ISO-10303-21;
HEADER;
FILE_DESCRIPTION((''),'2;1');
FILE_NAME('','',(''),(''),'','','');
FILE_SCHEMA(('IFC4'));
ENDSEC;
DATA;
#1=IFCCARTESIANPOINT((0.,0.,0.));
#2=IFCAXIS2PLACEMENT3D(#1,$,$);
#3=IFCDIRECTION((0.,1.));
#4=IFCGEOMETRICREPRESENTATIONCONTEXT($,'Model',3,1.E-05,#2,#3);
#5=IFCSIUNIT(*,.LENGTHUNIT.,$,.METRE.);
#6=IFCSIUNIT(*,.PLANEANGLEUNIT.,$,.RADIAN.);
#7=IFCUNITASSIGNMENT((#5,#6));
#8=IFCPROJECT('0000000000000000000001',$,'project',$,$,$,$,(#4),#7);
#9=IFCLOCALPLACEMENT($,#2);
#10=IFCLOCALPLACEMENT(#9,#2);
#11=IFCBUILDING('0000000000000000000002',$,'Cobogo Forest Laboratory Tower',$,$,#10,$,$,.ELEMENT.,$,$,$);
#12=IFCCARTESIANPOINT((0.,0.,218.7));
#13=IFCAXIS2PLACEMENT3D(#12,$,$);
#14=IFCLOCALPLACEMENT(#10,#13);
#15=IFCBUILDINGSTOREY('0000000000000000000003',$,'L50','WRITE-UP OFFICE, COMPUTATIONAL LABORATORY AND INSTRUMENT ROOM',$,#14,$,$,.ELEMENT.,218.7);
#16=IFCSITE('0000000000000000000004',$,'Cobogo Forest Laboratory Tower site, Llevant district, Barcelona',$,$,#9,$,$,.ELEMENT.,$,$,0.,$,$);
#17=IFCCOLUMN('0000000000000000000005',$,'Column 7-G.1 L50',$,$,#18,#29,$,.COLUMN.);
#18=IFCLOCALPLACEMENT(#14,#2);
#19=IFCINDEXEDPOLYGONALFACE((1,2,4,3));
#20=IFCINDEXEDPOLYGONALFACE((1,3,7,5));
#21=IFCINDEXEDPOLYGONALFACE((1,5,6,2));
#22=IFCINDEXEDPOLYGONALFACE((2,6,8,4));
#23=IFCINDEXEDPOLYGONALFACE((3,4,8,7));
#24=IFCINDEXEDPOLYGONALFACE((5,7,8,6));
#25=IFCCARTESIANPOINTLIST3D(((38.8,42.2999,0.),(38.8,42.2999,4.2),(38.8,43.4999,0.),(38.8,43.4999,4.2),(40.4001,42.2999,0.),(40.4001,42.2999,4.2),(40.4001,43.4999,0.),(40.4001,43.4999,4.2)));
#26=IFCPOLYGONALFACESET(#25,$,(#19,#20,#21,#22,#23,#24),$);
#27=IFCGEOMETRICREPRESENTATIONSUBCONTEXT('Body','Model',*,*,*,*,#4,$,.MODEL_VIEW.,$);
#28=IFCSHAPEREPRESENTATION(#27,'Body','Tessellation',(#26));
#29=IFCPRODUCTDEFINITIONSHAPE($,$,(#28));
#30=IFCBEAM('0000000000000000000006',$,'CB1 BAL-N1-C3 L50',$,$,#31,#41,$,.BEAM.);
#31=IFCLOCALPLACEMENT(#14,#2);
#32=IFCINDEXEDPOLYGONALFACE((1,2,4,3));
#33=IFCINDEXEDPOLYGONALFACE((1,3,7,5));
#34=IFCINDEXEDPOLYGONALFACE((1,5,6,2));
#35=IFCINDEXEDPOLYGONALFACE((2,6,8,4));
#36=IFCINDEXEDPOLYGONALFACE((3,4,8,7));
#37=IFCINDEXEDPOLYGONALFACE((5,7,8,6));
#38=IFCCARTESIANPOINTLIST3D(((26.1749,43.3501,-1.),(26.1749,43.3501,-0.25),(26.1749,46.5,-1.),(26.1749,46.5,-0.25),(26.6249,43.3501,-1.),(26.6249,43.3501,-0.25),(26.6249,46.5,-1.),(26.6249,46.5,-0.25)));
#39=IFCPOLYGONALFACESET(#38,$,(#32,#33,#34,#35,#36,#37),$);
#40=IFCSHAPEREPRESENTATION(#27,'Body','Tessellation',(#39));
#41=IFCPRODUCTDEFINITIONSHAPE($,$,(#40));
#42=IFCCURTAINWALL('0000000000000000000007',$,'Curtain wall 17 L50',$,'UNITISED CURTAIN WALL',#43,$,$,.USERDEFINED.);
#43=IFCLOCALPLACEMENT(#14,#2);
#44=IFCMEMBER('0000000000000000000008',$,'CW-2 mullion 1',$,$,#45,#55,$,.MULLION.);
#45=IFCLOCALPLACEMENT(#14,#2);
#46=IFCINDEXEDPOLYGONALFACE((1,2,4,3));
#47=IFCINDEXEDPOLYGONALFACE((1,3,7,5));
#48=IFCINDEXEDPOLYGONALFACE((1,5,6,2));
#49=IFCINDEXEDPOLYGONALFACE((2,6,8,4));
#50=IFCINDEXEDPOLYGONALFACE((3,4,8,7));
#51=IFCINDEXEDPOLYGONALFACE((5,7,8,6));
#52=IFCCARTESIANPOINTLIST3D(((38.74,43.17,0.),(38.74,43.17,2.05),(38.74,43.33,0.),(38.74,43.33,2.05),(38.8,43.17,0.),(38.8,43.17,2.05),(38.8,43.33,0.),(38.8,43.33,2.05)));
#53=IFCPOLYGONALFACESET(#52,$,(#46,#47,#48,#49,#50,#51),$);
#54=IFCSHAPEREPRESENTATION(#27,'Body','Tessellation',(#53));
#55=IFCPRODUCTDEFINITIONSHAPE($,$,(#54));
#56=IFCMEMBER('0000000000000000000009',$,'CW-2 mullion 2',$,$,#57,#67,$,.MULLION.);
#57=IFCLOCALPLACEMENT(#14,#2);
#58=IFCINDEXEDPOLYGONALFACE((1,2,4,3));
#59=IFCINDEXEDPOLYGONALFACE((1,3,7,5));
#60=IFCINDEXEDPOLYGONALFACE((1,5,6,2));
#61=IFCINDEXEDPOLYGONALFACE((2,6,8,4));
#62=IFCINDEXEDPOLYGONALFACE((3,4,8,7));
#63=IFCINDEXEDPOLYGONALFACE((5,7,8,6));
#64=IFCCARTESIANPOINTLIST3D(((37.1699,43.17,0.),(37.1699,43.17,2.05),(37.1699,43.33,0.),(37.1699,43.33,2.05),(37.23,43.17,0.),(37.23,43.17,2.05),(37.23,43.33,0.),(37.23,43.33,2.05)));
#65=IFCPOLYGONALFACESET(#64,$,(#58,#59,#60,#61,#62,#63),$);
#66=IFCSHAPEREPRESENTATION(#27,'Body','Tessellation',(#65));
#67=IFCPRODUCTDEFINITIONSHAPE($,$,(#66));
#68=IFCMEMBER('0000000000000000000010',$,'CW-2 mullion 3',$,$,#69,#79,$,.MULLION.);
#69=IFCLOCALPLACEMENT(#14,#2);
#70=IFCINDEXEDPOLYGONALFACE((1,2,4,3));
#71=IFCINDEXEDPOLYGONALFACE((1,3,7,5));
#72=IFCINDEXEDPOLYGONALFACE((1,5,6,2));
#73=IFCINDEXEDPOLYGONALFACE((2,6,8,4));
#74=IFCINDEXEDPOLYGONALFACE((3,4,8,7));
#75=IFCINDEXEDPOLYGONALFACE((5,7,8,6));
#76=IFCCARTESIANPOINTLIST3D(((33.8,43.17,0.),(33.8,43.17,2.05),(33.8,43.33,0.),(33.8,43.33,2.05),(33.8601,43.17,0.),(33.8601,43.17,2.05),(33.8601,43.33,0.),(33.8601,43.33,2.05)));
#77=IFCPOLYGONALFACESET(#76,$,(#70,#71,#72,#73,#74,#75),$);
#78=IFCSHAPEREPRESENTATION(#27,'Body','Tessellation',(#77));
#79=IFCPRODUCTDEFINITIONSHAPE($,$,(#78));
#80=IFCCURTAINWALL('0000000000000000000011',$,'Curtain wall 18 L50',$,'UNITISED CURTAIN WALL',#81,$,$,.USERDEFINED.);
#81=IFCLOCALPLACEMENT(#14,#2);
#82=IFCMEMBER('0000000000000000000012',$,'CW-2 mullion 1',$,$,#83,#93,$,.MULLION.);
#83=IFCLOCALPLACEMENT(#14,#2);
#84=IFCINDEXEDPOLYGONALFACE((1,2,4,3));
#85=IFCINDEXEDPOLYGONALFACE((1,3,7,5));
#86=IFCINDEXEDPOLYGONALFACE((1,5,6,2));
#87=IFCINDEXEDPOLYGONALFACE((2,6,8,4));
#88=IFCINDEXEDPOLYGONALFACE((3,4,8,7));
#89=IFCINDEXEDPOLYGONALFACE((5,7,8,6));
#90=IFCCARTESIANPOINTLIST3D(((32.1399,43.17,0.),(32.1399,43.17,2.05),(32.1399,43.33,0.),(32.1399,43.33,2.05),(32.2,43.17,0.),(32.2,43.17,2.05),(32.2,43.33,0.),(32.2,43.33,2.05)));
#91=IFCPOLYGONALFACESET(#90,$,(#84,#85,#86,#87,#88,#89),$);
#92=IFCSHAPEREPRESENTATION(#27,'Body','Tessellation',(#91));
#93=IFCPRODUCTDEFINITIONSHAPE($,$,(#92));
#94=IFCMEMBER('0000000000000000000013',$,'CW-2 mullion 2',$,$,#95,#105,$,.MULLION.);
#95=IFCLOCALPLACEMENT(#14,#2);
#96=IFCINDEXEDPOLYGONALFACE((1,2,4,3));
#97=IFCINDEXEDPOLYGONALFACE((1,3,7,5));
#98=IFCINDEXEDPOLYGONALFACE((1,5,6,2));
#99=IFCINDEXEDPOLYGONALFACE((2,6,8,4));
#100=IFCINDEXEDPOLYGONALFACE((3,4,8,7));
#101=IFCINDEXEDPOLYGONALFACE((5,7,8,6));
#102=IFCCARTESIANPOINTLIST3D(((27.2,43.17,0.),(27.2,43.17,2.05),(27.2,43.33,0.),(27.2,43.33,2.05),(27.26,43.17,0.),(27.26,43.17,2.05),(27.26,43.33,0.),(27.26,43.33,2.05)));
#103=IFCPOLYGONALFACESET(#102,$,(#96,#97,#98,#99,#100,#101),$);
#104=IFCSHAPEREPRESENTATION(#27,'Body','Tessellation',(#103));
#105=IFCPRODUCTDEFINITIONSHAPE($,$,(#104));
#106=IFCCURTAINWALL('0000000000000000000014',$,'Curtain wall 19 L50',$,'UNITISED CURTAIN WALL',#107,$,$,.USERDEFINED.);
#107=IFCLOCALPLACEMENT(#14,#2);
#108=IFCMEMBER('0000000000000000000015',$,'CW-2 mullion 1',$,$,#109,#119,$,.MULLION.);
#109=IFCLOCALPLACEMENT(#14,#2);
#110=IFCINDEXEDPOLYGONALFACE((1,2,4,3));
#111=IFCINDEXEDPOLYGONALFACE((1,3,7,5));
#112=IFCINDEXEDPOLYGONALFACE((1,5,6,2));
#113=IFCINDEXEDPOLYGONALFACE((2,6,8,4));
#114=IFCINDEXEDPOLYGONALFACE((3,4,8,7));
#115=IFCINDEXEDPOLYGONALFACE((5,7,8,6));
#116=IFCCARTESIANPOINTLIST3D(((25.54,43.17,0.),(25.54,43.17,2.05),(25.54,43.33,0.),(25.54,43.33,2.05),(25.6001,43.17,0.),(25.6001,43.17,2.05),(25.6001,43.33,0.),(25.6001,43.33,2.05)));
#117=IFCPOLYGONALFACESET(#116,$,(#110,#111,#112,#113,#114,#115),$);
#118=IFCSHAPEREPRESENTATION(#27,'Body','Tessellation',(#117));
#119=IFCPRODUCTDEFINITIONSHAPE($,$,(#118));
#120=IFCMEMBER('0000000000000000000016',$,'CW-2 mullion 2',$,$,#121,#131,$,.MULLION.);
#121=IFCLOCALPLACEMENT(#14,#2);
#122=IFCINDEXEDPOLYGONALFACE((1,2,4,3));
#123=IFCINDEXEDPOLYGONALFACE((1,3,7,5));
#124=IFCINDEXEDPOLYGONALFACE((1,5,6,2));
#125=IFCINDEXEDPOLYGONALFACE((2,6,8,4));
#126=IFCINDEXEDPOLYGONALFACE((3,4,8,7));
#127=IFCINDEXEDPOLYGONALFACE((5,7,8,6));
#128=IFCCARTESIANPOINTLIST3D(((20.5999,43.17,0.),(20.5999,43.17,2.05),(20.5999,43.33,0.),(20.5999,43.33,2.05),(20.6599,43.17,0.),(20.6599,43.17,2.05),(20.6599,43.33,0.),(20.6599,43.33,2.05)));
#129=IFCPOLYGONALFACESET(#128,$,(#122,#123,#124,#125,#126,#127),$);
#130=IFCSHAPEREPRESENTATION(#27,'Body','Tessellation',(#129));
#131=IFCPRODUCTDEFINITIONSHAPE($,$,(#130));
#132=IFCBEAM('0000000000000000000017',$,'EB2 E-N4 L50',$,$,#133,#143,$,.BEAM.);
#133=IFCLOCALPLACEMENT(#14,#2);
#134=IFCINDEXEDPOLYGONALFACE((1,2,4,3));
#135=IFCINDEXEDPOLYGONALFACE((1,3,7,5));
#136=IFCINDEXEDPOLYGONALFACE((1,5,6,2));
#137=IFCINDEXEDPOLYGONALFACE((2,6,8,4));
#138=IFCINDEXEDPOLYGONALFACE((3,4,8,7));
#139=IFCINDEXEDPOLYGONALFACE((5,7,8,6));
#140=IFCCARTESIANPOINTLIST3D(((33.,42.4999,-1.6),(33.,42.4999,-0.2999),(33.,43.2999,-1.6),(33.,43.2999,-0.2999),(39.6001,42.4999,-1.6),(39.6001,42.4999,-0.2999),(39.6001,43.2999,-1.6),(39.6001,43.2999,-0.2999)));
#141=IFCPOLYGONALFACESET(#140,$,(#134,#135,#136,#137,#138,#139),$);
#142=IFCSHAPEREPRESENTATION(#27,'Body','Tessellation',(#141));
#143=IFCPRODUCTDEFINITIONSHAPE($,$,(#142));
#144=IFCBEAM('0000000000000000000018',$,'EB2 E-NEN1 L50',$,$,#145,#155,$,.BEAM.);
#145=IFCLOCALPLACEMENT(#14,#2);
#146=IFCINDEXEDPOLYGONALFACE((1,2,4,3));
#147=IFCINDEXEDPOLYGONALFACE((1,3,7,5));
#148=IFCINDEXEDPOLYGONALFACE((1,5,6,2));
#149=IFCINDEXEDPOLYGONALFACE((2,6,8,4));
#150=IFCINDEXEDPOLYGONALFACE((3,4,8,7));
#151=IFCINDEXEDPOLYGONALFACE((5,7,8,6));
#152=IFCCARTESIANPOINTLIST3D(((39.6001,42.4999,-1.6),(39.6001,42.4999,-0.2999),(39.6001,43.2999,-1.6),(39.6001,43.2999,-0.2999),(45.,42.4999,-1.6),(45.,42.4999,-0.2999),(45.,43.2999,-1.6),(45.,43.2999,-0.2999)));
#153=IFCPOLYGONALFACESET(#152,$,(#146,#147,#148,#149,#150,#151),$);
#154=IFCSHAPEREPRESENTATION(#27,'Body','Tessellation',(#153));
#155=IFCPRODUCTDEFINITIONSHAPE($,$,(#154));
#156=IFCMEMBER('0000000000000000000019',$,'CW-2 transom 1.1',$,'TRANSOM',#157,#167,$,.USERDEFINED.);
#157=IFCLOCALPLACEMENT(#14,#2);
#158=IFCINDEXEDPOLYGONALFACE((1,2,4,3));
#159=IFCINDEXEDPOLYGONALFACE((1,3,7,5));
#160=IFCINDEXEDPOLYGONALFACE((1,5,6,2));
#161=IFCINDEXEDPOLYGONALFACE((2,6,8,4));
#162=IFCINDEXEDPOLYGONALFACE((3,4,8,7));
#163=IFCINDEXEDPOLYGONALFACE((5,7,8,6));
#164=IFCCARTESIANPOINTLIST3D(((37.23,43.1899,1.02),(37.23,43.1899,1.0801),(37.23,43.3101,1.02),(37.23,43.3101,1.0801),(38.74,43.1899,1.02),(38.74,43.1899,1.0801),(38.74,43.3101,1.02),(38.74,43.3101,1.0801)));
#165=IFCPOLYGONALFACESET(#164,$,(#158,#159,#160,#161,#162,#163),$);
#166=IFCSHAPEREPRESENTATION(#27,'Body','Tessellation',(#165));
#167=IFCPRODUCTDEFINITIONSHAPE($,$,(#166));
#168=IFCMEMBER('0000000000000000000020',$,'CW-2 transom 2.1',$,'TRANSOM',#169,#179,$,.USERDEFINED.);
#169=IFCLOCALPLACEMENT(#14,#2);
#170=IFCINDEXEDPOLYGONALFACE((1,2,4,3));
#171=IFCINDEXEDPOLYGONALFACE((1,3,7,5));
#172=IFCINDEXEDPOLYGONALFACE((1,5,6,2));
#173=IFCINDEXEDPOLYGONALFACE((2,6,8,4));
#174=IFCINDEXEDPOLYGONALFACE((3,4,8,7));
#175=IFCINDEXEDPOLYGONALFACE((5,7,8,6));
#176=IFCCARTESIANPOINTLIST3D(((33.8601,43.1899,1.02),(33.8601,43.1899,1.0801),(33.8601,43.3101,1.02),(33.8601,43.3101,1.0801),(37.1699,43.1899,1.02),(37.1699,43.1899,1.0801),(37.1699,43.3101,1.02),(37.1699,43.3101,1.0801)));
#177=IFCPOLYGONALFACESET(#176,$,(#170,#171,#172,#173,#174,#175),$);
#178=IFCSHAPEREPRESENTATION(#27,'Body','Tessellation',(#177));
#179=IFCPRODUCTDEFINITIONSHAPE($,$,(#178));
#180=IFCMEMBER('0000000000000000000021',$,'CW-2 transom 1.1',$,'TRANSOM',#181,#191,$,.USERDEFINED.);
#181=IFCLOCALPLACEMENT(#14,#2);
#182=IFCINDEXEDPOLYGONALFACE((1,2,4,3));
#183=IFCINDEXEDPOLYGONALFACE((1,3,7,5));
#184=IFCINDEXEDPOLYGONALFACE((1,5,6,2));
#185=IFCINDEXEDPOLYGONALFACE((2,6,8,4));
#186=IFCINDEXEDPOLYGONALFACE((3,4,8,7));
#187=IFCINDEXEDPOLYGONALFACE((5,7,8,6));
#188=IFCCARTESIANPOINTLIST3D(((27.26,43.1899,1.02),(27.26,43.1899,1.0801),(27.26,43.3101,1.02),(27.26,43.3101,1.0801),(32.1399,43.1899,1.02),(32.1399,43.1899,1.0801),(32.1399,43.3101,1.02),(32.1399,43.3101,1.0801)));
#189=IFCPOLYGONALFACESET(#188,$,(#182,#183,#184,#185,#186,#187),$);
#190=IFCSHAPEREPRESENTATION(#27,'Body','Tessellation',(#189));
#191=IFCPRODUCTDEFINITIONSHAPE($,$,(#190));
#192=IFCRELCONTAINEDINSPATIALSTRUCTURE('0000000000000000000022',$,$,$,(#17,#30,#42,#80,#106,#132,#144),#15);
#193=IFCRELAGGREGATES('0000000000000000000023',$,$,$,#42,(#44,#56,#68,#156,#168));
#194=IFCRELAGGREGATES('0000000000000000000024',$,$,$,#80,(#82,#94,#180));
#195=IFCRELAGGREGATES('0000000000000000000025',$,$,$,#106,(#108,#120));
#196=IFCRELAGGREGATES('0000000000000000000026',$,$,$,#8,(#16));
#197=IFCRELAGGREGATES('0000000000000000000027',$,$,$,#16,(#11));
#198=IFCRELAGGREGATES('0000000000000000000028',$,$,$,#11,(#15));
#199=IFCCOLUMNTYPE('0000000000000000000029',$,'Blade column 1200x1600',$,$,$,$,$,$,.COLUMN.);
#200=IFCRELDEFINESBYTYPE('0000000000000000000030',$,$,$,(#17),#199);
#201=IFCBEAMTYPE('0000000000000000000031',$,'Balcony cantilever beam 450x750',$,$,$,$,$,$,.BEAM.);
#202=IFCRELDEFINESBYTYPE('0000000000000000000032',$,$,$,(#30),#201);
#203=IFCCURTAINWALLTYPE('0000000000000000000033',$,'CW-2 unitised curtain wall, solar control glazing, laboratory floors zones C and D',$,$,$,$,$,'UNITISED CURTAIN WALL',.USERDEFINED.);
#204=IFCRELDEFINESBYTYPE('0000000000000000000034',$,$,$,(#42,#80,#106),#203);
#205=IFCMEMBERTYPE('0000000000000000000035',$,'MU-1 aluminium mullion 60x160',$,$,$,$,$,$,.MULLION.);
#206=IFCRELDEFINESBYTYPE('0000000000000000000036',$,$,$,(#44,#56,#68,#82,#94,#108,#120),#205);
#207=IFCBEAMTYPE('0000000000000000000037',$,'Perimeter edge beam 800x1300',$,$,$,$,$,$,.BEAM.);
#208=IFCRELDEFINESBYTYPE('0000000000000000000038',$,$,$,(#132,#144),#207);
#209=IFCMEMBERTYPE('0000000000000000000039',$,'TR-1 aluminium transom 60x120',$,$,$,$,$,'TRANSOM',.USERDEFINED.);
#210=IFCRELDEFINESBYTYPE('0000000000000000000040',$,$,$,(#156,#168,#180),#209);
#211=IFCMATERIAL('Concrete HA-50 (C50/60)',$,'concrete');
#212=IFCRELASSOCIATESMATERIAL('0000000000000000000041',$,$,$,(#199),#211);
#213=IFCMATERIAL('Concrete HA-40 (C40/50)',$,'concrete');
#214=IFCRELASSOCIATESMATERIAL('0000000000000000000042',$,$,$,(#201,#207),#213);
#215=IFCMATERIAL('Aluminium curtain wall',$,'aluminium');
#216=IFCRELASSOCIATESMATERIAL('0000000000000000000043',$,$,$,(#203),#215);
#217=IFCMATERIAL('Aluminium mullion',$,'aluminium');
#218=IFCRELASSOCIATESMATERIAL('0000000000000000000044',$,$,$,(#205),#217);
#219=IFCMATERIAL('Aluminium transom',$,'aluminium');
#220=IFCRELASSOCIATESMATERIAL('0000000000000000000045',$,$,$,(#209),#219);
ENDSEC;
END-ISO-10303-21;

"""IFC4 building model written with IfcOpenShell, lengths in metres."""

from ifc_helpers import new_model, si_unit, direction, frame, origin, origin_2d, place, context, subcontext, project, spatial, rectangle, extrude, material, material_profile, profile_set, type_object, element, aggregate, save


model = new_model("IFC4")

# Units and contexts
model_context = context("Model", 3, precision=1e-05, world=origin(), true_north=direction((0.0, 1.0)))
body_context = subcontext(model_context, "Body", "Model", "MODEL_VIEW")
ifc_project = project(units=[si_unit("LENGTHUNIT", "METRE"), si_unit("PLANEANGLEUNIT", "RADIAN")], contexts=[model_context])

# Site, building, storey
site_placement = place(None, origin())
site = spatial("IfcSite", under=ifc_project, at=site_placement, Name="Cobogo Forest Laboratory Tower site, Llevant district, Barcelona", CompositionType="ELEMENT", RefElevation=0.0)
building_placement = place(site_placement, origin())
building = spatial("IfcBuilding", under=site, at=building_placement, Name="Cobogo Forest Laboratory Tower", CompositionType="ELEMENT")
storey_placement = place(building_placement, frame((0.0, 0.0, 218.7)))
storey = spatial("IfcBuildingStorey", under=building, at=storey_placement, Name="L50", Description="WRITE-UP OFFICE, COMPUTATIONAL LABORATORY AND INSTRUMENT ROOM", CompositionType="ELEMENT", Elevation=218.7)

# Column
ifc_material_1 = material(Name="Concrete HA-50 (C50/60)", Category="concrete")
ifc_material_profile_1 = material_profile(ifc_material_1, rectangle(XDim=1.6001, YDim=1.2, at=origin_2d()), Name="RC 1200x1600")
ifc_profile_set_1 = profile_set([ifc_material_profile_1], Name="Concrete HA-50 (C50/60)")
column_type = type_object("IfcColumnType", Name="Blade column 1200x1600", PredefinedType="COLUMN", material=ifc_profile_set_1)
column_placement = place(storey_placement, frame((39.6001, 42.8999, 0.0), z_axis=(0.0, 0.0, 1.0), x_axis=(1.0, 0.0, 0.0)))
element("IfcColumn", 1, at=column_placement, inside=storey, type_object=column_type, Name="Column 7-G.1 L50", PredefinedType="COLUMN", context=body_context, shape_type="SweptSolid", body=[
    extrude(rectangle(XDim=1.6001, YDim=1.2, at=origin_2d()), origin(), (0.0, 0.0, 1.0), 4.2),
])

# Beam
ifc_material_2 = material(Name="Concrete HA-40 (C40/50)", Category="concrete")
ifc_material_profile_2 = material_profile(ifc_material_2, rectangle(XDim=0.45, YDim=0.75, at=origin_2d()), Name="RC 450x750")
ifc_profile_set_2 = profile_set([ifc_material_profile_2], Name="Concrete HA-40 (C40/50)")
beam_type_1 = type_object("IfcBeamType", Name="Balcony cantilever beam 450x750", PredefinedType="BEAM", material=ifc_profile_set_2)
beam_1_placement = place(storey_placement, frame((26.3999, 43.3501, -0.625), z_axis=(0.0, 1.0, 0.0), x_axis=(-1.0, 0.0, 0.0)))
element("IfcBeam", 2, at=beam_1_placement, inside=storey, type_object=beam_type_1, Name="CB1 BAL-N1-C3 L50", PredefinedType="BEAM", context=body_context, shape_type="SweptSolid", body=[
    extrude(rectangle(XDim=0.45, YDim=0.75, at=origin_2d()), origin(), (0.0, 0.0, 1.0), 3.1499),
])

# Curtain walls, members
ifc_material_3 = material(Name="Aluminium curtain wall", Category="aluminium")
curtain_wall_type = type_object("IfcCurtainWallType", Name="CW-2 unitised curtain wall, solar control glazing, laboratory floors zones C and D", ElementType="UNITISED CURTAIN WALL", PredefinedType="USERDEFINED", material=ifc_material_3)
curtain_wall_1_placement = place(storey_placement, origin())
curtain_wall_1 = element("IfcCurtainWall", 3, at=curtain_wall_1_placement, inside=storey, type_object=curtain_wall_type, Name="Curtain wall 17 L50", ObjectType="UNITISED CURTAIN WALL", PredefinedType="USERDEFINED")
ifc_material_4 = material(Name="Aluminium mullion", Category="aluminium")
ifc_material_profile_3 = material_profile(ifc_material_4, rectangle(XDim=0.0601, YDim=0.1599, at=origin_2d()), Name="AL 60x160")
ifc_profile_set_3 = profile_set([ifc_material_profile_3], Name="Aluminium mullion")
member_type_1 = type_object("IfcMemberType", Name="MU-1 aluminium mullion 60x160", PredefinedType="MULLION", material=ifc_profile_set_3)
member_1_placement = place(storey_placement, frame((38.77, 43.25, 0.0), z_axis=(0.0, 0.0, 1.0), x_axis=(-1.0, 0.0, 0.0)))
member_1 = element("IfcMember", 4, at=member_1_placement, type_object=member_type_1, Name="CW-2 mullion 1", PredefinedType="MULLION", context=body_context, shape_type="SweptSolid", body=[
    extrude(rectangle(XDim=0.0601, YDim=0.1599, at=origin_2d()), origin(), (0.0, 0.0, 1.0), 2.05),
])
member_2_placement = place(storey_placement, frame((37.2, 43.25, 0.0), z_axis=(0.0, 0.0, 1.0), x_axis=(-1.0, 0.0, 0.0)))
member_2 = element("IfcMember", 5, at=member_2_placement, type_object=member_type_1, Name="CW-2 mullion 2", PredefinedType="MULLION", context=body_context, shape_type="SweptSolid", body=[
    extrude(rectangle(XDim=0.0601, YDim=0.1599, at=origin_2d()), origin(), (0.0, 0.0, 1.0), 2.05),
])
member_3_placement = place(storey_placement, frame((33.8301, 43.25, 0.0), z_axis=(0.0, 0.0, 1.0), x_axis=(-1.0, 0.0, 0.0)))
member_3 = element("IfcMember", 6, at=member_3_placement, type_object=member_type_1, Name="CW-2 mullion 3", PredefinedType="MULLION", context=body_context, shape_type="SweptSolid", body=[
    extrude(rectangle(XDim=0.0601, YDim=0.1599, at=origin_2d()), origin(), (0.0, 0.0, 1.0), 2.05),
])
curtain_wall_2_placement = place(storey_placement, origin())
curtain_wall_2 = element("IfcCurtainWall", 7, at=curtain_wall_2_placement, inside=storey, type_object=curtain_wall_type, Name="Curtain wall 18 L50", ObjectType="UNITISED CURTAIN WALL", PredefinedType="USERDEFINED")
member_4_placement = place(storey_placement, frame((32.1699, 43.25, 0.0), z_axis=(0.0, 0.0, 1.0), x_axis=(-1.0, 0.0, 0.0)))
member_4 = element("IfcMember", 8, at=member_4_placement, type_object=member_type_1, Name="CW-2 mullion 1", PredefinedType="MULLION", context=body_context, shape_type="SweptSolid", body=[
    extrude(rectangle(XDim=0.0601, YDim=0.1599, at=origin_2d()), origin(), (0.0, 0.0, 1.0), 2.05),
])
member_5_placement = place(storey_placement, frame((27.23, 43.25, 0.0), z_axis=(0.0, 0.0, 1.0), x_axis=(-1.0, 0.0, 0.0)))
member_5 = element("IfcMember", 9, at=member_5_placement, type_object=member_type_1, Name="CW-2 mullion 2", PredefinedType="MULLION", context=body_context, shape_type="SweptSolid", body=[
    extrude(rectangle(XDim=0.0601, YDim=0.1599, at=origin_2d()), origin(), (0.0, 0.0, 1.0), 2.05),
])
curtain_wall_3_placement = place(storey_placement, origin())
curtain_wall_3 = element("IfcCurtainWall", 10, at=curtain_wall_3_placement, inside=storey, type_object=curtain_wall_type, Name="Curtain wall 19 L50", ObjectType="UNITISED CURTAIN WALL", PredefinedType="USERDEFINED")
member_6_placement = place(storey_placement, frame((25.5701, 43.25, 0.0), z_axis=(0.0, 0.0, 1.0), x_axis=(-1.0, 0.0, 0.0)))
member_6 = element("IfcMember", 11, at=member_6_placement, type_object=member_type_1, Name="CW-2 mullion 1", PredefinedType="MULLION", context=body_context, shape_type="SweptSolid", body=[
    extrude(rectangle(XDim=0.0601, YDim=0.1599, at=origin_2d()), origin(), (0.0, 0.0, 1.0), 2.05),
])
member_7_placement = place(storey_placement, frame((20.6299, 43.25, 0.0), z_axis=(0.0, 0.0, 1.0), x_axis=(-1.0, 0.0, 0.0)))
member_7 = element("IfcMember", 12, at=member_7_placement, type_object=member_type_1, Name="CW-2 mullion 2", PredefinedType="MULLION", context=body_context, shape_type="SweptSolid", body=[
    extrude(rectangle(XDim=0.0601, YDim=0.1599, at=origin_2d()), origin(), (0.0, 0.0, 1.0), 2.05),
])

# Beams
ifc_material_profile_4 = material_profile(ifc_material_2, rectangle(XDim=0.8, YDim=1.3, at=origin_2d()), Name="RC 800x1300")
ifc_profile_set_4 = profile_set([ifc_material_profile_4], Name="Concrete HA-40 (C40/50)")
beam_type_2 = type_object("IfcBeamType", Name="Perimeter edge beam 800x1300", PredefinedType="BEAM", material=ifc_profile_set_4)
beam_2_placement = place(storey_placement, frame((33.0, 42.8999, -0.95), z_axis=(1.0, 0.0, 0.0), x_axis=(0.0, 1.0, 0.0)))
element("IfcBeam", 13, at=beam_2_placement, inside=storey, type_object=beam_type_2, Name="EB2 E-N4 L50", PredefinedType="BEAM", context=body_context, shape_type="SweptSolid", body=[
    extrude(rectangle(XDim=0.8, YDim=1.3, at=origin_2d()), origin(), (0.0, 0.0, 1.0), 6.6001),
])
beam_3_placement = place(storey_placement, frame((39.6001, 42.8999, -0.95), z_axis=(1.0, 0.0, 0.0), x_axis=(0.0, 1.0, 0.0)))
element("IfcBeam", 14, at=beam_3_placement, inside=storey, type_object=beam_type_2, Name="EB2 E-NEN1 L50", PredefinedType="BEAM", context=body_context, shape_type="SweptSolid", body=[
    extrude(rectangle(XDim=0.8, YDim=1.3, at=origin_2d()), origin(), (0.0, 0.0, 1.0), 5.3999),
])

# Members
ifc_material_5 = material(Name="Aluminium transom", Category="aluminium")
ifc_material_profile_5 = material_profile(ifc_material_5, rectangle(XDim=0.1201, YDim=0.0601, at=origin_2d()), Name="AL 60x120")
ifc_profile_set_5 = profile_set([ifc_material_profile_5], Name="Aluminium transom")
member_type_2 = type_object("IfcMemberType", Name="TR-1 aluminium transom 60x120", ElementType="TRANSOM", PredefinedType="USERDEFINED", material=ifc_profile_set_5)
member_8_placement = place(storey_placement, frame((38.74, 43.25, 1.05), z_axis=(-1.0, 0.0, 0.0), x_axis=(0.0, -1.0, 0.0)))
member_8 = element("IfcMember", 15, at=member_8_placement, type_object=member_type_2, Name="CW-2 transom 1.1", ObjectType="TRANSOM", PredefinedType="USERDEFINED", context=body_context, shape_type="SweptSolid", body=[
    extrude(rectangle(XDim=0.1201, YDim=0.0601, at=origin_2d()), origin(), (0.0, 0.0, 1.0), 1.51),
])
member_9_placement = place(storey_placement, frame((37.1699, 43.25, 1.05), z_axis=(-1.0, 0.0, 0.0), x_axis=(0.0, -1.0, 0.0)))
member_9 = element("IfcMember", 16, at=member_9_placement, type_object=member_type_2, Name="CW-2 transom 2.1", ObjectType="TRANSOM", PredefinedType="USERDEFINED", context=body_context, shape_type="SweptSolid", body=[
    extrude(rectangle(XDim=0.1201, YDim=0.0601, at=origin_2d()), origin(), (0.0, 0.0, 1.0), 3.3098),
])
member_10_placement = place(storey_placement, frame((32.1399, 43.25, 1.05), z_axis=(-1.0, 0.0, 0.0), x_axis=(0.0, -1.0, 0.0)))
member_10 = element("IfcMember", 17, at=member_10_placement, type_object=member_type_2, Name="CW-2 transom 1.1", ObjectType="TRANSOM", PredefinedType="USERDEFINED", context=body_context, shape_type="SweptSolid", body=[
    extrude(rectangle(XDim=0.1201, YDim=0.0601, at=origin_2d()), origin(), (0.0, 0.0, 1.0), 4.8799),
])

aggregate(curtain_wall_1, [member_1, member_2, member_3, member_8, member_9])
aggregate(curtain_wall_2, [member_4, member_5, member_10])
aggregate(curtain_wall_3, [member_6, member_7])

save(model, "model.ifc")
